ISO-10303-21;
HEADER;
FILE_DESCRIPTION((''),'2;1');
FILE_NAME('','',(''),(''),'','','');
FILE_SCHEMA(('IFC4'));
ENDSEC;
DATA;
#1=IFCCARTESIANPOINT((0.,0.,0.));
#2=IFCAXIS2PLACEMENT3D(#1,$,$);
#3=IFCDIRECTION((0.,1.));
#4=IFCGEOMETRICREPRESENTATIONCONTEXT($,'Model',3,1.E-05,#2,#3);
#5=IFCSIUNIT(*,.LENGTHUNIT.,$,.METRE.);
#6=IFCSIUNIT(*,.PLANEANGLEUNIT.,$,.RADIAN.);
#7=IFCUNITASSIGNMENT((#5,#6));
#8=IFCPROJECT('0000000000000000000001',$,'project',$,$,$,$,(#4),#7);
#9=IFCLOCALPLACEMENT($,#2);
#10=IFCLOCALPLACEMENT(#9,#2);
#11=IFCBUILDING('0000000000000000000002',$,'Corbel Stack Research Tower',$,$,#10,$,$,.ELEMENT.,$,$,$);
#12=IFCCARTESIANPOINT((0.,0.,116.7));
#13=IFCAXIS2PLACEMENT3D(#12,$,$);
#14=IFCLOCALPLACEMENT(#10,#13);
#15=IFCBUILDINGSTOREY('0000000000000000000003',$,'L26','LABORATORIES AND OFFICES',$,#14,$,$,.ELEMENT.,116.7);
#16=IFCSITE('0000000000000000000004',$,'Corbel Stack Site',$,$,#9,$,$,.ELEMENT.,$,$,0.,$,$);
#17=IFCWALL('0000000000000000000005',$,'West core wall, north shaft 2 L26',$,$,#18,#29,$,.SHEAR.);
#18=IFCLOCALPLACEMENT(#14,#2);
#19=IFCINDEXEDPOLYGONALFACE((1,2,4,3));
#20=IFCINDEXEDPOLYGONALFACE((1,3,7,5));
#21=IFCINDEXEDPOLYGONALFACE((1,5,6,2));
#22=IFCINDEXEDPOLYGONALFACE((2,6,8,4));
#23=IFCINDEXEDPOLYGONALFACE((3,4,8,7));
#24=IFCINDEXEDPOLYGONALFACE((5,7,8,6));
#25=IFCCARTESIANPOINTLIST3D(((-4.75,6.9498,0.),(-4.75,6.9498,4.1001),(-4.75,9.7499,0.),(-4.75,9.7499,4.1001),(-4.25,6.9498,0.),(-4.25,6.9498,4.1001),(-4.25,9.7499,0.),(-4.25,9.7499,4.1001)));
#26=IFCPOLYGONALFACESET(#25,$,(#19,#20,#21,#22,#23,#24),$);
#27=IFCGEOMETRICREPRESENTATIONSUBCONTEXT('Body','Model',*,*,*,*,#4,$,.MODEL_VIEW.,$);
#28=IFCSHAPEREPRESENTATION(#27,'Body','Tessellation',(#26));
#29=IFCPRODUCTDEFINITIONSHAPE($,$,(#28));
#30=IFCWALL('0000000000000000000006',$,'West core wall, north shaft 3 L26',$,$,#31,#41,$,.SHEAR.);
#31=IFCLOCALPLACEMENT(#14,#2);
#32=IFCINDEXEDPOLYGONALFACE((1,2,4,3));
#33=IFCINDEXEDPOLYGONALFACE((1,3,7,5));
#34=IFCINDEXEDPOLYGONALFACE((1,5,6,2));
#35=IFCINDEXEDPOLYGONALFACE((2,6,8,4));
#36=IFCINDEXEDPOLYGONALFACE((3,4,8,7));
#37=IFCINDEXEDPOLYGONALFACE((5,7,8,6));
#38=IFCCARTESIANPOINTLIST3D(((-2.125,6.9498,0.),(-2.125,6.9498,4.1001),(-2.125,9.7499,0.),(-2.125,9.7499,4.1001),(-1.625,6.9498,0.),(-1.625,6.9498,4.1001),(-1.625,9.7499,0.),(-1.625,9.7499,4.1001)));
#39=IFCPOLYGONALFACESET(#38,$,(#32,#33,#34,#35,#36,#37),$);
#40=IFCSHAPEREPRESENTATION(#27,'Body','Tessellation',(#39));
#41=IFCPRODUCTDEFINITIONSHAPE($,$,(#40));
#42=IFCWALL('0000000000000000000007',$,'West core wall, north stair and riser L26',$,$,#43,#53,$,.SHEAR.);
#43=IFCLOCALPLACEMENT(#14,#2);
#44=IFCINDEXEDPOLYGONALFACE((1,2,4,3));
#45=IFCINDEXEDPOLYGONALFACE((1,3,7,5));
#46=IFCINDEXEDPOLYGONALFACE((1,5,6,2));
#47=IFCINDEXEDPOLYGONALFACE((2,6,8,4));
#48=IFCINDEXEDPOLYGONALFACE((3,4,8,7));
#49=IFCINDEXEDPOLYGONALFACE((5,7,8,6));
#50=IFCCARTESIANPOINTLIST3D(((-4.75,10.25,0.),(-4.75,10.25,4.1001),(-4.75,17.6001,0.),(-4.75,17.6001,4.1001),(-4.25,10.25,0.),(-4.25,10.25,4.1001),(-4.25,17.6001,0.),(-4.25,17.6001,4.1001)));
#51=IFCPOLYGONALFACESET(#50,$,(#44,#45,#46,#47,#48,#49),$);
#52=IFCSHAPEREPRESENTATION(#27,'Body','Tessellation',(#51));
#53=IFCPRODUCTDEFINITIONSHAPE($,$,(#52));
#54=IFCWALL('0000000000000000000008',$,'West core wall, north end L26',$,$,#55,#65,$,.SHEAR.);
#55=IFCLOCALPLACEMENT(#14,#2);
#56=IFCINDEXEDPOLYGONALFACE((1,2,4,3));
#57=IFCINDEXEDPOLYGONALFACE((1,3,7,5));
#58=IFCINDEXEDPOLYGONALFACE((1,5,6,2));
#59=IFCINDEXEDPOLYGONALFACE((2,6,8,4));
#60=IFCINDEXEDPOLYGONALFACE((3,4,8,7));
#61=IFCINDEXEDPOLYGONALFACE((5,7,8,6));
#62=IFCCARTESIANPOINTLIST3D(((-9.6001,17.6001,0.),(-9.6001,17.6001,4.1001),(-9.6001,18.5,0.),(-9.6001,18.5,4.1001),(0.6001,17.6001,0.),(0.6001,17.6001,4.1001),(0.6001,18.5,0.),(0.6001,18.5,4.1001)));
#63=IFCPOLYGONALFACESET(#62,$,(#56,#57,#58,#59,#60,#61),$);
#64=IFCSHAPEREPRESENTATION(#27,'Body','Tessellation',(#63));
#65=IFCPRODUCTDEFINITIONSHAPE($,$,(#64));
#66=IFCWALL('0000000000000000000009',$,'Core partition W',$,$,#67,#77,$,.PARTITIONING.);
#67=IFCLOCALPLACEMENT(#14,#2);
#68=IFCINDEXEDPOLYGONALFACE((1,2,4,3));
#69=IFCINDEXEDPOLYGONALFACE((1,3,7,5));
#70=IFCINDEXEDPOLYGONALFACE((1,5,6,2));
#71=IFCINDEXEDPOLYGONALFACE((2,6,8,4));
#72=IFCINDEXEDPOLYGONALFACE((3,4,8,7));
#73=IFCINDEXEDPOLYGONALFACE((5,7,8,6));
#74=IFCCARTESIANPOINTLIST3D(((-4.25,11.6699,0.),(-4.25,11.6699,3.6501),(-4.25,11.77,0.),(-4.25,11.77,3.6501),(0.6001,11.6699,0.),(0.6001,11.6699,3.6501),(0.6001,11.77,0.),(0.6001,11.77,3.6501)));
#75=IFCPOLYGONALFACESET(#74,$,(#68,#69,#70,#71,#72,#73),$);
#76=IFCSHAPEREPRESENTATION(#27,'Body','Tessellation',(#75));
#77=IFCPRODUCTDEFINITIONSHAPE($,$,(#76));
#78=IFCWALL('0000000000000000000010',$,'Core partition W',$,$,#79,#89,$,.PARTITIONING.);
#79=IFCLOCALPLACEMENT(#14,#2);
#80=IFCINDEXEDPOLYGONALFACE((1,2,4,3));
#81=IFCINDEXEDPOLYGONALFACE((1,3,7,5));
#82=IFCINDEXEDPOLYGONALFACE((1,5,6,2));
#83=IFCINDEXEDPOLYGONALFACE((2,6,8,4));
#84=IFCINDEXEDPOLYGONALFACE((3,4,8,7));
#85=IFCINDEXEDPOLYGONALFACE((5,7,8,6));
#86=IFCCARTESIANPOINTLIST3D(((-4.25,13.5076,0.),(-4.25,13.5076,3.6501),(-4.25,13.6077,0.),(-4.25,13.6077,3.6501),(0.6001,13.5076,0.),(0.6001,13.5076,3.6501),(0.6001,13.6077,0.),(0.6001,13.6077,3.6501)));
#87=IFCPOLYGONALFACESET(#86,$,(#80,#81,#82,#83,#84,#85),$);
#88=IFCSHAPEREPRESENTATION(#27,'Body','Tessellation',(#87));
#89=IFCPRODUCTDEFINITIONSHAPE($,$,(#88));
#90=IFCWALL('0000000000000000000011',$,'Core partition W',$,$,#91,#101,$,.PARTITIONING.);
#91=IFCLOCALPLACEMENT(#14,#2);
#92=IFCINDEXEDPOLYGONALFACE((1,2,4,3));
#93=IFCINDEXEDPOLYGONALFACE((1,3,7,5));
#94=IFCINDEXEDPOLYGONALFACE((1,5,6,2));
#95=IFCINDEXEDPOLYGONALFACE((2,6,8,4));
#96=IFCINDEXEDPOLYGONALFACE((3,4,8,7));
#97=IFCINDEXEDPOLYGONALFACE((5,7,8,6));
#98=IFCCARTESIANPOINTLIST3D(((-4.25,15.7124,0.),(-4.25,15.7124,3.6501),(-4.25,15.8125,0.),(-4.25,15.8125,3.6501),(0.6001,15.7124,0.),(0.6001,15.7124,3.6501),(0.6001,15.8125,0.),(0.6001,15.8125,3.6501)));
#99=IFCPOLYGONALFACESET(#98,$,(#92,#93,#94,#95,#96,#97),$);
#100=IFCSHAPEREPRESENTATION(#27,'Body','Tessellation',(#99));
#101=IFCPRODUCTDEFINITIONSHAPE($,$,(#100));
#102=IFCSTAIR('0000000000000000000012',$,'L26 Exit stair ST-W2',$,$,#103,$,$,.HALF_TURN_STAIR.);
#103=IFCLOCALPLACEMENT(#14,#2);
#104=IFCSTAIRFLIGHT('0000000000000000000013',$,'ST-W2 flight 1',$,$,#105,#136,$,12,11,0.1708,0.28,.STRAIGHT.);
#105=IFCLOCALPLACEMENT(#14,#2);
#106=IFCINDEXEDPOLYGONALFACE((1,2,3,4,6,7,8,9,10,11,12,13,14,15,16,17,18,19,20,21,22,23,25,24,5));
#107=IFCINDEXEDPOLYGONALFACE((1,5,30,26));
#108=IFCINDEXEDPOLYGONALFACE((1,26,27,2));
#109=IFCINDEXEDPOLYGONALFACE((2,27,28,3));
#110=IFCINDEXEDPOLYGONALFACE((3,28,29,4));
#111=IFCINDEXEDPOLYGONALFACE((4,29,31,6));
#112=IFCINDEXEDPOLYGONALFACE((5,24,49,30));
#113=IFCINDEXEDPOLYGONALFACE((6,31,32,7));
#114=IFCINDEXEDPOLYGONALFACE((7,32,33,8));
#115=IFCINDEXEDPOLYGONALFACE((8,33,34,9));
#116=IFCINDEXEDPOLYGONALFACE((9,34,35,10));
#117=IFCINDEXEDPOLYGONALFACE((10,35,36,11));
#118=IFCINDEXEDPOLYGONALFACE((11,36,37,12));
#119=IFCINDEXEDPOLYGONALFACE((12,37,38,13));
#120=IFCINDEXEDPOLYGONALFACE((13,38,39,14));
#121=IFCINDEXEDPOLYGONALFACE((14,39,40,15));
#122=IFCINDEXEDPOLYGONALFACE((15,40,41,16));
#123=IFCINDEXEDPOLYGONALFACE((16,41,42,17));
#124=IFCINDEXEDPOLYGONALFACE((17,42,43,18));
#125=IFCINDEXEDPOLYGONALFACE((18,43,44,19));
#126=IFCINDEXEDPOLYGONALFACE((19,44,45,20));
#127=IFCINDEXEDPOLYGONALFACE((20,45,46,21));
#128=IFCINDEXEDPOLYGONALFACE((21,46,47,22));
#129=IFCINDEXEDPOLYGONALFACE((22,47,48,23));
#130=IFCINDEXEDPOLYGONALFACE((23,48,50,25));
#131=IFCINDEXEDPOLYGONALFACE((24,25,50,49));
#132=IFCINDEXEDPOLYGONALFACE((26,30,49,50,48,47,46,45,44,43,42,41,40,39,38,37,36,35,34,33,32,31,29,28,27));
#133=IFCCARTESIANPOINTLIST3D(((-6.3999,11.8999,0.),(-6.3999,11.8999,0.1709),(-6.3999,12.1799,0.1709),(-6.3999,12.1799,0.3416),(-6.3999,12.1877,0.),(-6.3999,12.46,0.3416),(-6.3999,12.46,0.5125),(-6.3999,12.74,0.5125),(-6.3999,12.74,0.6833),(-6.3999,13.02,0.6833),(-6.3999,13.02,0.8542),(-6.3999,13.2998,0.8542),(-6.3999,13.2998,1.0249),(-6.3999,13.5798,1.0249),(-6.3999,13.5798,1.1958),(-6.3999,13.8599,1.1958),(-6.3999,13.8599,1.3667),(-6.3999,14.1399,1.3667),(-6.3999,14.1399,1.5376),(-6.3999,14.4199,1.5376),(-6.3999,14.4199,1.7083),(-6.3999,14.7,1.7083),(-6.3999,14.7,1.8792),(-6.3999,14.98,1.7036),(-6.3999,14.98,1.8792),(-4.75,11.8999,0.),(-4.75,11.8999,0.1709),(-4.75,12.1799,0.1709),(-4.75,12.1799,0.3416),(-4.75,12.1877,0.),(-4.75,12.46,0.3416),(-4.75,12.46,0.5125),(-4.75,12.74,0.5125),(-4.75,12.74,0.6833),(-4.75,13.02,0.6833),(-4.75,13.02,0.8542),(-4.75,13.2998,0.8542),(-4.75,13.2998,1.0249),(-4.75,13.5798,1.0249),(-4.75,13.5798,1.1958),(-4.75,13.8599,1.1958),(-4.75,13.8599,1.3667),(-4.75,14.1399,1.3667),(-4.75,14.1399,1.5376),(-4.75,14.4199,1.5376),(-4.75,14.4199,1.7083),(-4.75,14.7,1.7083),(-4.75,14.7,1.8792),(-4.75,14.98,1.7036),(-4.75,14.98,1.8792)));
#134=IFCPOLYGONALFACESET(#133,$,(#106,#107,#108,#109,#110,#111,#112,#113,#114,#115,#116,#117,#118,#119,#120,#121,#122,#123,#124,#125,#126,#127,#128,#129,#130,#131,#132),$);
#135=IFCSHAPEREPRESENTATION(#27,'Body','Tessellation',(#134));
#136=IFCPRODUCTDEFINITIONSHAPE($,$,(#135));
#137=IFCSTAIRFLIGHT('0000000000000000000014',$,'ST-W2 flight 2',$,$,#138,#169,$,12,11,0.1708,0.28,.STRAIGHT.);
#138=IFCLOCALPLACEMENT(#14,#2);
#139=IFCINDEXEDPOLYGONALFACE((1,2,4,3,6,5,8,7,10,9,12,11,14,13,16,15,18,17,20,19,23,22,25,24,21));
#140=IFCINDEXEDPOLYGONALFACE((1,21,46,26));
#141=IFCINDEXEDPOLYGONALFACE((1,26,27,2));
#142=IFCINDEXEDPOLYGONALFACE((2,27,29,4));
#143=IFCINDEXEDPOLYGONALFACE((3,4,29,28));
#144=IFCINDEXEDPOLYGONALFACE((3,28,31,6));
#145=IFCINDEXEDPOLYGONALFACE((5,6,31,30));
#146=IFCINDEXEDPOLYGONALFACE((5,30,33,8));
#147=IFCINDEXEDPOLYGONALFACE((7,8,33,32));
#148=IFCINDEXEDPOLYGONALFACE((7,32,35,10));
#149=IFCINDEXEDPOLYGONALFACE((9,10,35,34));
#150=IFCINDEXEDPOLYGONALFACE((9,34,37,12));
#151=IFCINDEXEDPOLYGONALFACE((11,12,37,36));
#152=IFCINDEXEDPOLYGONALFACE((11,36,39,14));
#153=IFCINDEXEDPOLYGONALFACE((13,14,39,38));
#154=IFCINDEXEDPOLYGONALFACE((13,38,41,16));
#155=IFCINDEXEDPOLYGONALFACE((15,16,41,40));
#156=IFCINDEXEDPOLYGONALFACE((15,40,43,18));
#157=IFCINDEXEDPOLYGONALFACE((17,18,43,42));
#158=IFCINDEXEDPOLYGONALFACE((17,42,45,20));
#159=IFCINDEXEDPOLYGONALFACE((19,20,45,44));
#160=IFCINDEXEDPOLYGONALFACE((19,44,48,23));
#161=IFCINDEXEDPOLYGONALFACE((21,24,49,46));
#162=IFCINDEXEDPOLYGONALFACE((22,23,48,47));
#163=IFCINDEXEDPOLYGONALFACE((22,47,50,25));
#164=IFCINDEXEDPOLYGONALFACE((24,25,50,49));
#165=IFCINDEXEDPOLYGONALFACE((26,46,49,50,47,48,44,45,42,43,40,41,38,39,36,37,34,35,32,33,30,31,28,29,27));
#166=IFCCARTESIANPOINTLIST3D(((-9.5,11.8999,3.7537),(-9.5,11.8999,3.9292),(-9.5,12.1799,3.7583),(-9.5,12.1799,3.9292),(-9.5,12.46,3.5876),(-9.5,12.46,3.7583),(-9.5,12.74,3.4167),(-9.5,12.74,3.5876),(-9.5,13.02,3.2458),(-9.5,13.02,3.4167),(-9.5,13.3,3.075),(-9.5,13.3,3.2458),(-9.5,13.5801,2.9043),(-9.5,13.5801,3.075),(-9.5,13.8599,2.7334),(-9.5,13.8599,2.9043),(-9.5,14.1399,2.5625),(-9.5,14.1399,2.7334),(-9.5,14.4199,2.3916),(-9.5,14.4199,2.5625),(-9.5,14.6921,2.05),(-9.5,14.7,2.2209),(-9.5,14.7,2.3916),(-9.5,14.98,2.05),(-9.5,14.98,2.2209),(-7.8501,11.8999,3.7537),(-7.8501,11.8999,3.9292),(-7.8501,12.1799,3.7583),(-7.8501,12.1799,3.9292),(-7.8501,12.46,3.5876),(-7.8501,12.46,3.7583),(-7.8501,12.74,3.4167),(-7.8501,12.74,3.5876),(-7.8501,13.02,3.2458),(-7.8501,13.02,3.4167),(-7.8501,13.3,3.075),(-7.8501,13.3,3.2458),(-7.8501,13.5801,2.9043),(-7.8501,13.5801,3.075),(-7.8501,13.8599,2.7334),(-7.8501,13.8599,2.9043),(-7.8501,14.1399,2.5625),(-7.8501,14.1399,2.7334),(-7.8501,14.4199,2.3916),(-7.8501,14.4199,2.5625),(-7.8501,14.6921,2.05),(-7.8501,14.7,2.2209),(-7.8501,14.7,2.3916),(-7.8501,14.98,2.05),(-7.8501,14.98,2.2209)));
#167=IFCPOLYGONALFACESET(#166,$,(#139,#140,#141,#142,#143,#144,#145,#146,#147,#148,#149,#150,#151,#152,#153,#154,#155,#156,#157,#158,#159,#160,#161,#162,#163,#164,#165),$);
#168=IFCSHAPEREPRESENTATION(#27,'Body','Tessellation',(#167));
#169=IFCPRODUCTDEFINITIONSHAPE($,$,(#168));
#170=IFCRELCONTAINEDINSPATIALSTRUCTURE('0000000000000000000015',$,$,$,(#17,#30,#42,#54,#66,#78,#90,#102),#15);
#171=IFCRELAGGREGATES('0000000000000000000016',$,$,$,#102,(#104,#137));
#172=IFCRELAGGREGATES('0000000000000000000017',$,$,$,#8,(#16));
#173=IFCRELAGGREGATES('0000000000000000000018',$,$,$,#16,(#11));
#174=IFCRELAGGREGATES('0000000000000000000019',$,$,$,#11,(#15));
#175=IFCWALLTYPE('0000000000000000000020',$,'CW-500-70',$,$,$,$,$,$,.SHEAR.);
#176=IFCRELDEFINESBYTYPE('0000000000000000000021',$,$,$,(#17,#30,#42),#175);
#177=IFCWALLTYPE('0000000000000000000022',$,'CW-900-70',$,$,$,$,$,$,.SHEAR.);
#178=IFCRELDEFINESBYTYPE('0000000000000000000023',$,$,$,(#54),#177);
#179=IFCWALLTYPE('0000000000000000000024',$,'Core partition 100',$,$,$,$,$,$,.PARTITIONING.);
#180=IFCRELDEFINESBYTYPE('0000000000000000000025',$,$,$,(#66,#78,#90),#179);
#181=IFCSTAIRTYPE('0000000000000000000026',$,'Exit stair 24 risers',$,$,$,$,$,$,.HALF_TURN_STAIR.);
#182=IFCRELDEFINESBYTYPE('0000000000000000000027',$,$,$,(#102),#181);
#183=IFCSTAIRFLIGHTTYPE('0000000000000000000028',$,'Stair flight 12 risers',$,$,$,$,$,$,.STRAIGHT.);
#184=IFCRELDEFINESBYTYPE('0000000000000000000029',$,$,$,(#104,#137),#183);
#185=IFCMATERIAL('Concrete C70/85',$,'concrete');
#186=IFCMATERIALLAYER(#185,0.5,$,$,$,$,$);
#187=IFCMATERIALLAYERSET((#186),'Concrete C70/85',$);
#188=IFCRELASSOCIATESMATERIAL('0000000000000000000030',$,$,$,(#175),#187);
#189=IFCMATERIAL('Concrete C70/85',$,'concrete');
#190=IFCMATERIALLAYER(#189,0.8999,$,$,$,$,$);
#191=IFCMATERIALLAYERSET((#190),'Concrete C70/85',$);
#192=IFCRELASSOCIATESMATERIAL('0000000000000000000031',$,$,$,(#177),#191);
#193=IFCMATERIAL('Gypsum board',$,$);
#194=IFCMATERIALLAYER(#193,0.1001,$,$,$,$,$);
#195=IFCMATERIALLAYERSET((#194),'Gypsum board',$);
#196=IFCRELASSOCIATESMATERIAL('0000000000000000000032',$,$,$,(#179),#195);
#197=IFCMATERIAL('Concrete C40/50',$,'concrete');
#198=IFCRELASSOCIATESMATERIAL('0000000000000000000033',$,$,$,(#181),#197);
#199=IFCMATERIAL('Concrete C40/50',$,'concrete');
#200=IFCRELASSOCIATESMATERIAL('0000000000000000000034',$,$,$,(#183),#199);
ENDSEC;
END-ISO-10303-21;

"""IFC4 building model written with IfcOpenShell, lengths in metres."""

from ifc_helpers import new_model, si_unit, direction, frame, frame_2d, origin, place, context, subcontext, project, spatial, polyline, rectangle, outline, extrude, material, layer, layer_set, type_object, element, aggregate, save


model = new_model("IFC4")

# Units and contexts
model_context = context("Model", 3, precision=1e-05, world=origin(), true_north=direction((0.0, 1.0)))
body_context = subcontext(model_context, "Body", "Model", "MODEL_VIEW")
ifc_project = project(units=[si_unit("LENGTHUNIT", "METRE"), si_unit("PLANEANGLEUNIT", "RADIAN")], contexts=[model_context])

# Site, building, storey
site_placement = place(None, origin())
site = spatial("IfcSite", under=ifc_project, at=site_placement, Name="Corbel Stack Site", CompositionType="ELEMENT", RefElevation=0.0)
building_placement = place(site_placement, origin())
building = spatial("IfcBuilding", under=site, at=building_placement, Name="Corbel Stack Research Tower", CompositionType="ELEMENT")
storey_placement = place(building_placement, frame((0.0, 0.0, 116.7)))
storey = spatial("IfcBuildingStorey", under=building, at=storey_placement, Name="L26", Description="LABORATORIES AND OFFICES", CompositionType="ELEMENT", Elevation=116.7)

# Walls
ifc_material_1 = material(Name="Concrete C70/85", Category="concrete")
ifc_layer_1 = layer(ifc_material_1, 0.5)
ifc_layer_set_1 = layer_set([ifc_layer_1], Name="Concrete C70/85")
wall_type_1 = type_object("IfcWallType", Name="CW-500-70", PredefinedType="SHEAR", material=ifc_layer_set_1)
for number, where, z_axis, x_axis, name in (
    (1, (-4.5, 6.95, 0.0), (0.0, 0.0, 1.0), (0.0, 1.0, 0.0), "West core wall, north shaft 2 L26"),
    (2, (-1.875, 6.95, 0.0), (0.0, 0.0, 1.0), (0.0, 1.0, 0.0), "West core wall, north shaft 3 L26"),
):
    element("IfcWall", number, at=place(storey_placement, frame(where, z_axis=z_axis, x_axis=x_axis)), inside=storey, type_object=wall_type_1, Name=name, PredefinedType="SHEAR", context=body_context, shape_type="SweptSolid", body=[
        extrude(rectangle(XDim=2.8, YDim=0.5, at=frame_2d((1.3999, 0.0))), origin(), (0.0, 0.0, 1.0), 4.1001),
    ])
wall_1_placement = place(storey_placement, frame((-4.5, 10.25, 0.0), z_axis=(0.0, 0.0, 1.0), x_axis=(0.0, 1.0, 0.0)))
element("IfcWall", 3, at=wall_1_placement, inside=storey, type_object=wall_type_1, Name="West core wall, north stair and riser L26", PredefinedType="SHEAR", context=body_context, shape_type="SweptSolid", body=[
    extrude(rectangle(XDim=7.3501, YDim=0.5, at=frame_2d((3.675, 0.0))), origin(), (0.0, 0.0, 1.0), 4.1001),
])
ifc_material_2 = material(Name="Concrete C70/85", Category="concrete")
ifc_layer_2 = layer(ifc_material_2, 0.8999)
ifc_layer_set_2 = layer_set([ifc_layer_2], Name="Concrete C70/85")
wall_type_2 = type_object("IfcWallType", Name="CW-900-70", PredefinedType="SHEAR", material=ifc_layer_set_2)
wall_2_placement = place(storey_placement, frame((-9.6001, 18.05, 0.0), z_axis=(0.0, 0.0, 1.0), x_axis=(1.0, 0.0, 0.0)))
element("IfcWall", 4, at=wall_2_placement, inside=storey, type_object=wall_type_2, Name="West core wall, north end L26", PredefinedType="SHEAR", context=body_context, shape_type="SweptSolid", body=[
    extrude(rectangle(XDim=10.2002, YDim=0.8999, at=frame_2d((5.1001, 0.0))), origin(), (0.0, 0.0, 1.0), 4.1001),
])
ifc_material_3 = material(Name="Gypsum board")
ifc_layer_3 = layer(ifc_material_3, 0.1001)
ifc_layer_set_3 = layer_set([ifc_layer_3], Name="Gypsum board")
wall_type_3 = type_object("IfcWallType", Name="Core partition 100", PredefinedType="PARTITIONING", material=ifc_layer_set_3)
for number, where, z_axis, x_axis, name in (
    (5, (-4.25, 11.72, 0.0), (0.0, 0.0, 1.0), (1.0, 0.0, 0.0), "Core partition W"),
    (6, (-4.25, 13.5576, 0.0), (0.0, 0.0, 1.0), (1.0, 0.0, 0.0), "Core partition W"),
    (7, (-4.25, 15.7625, 0.0), (0.0, 0.0, 1.0), (1.0, 0.0, 0.0), "Core partition W"),
):
    element("IfcWall", number, at=place(storey_placement, frame(where, z_axis=z_axis, x_axis=x_axis)), inside=storey, type_object=wall_type_3, Name=name, PredefinedType="PARTITIONING", context=body_context, shape_type="SweptSolid", body=[
        extrude(rectangle(XDim=4.8501, YDim=0.1001, at=frame_2d((2.425, 0.0))), origin(), (0.0, 0.0, 1.0), 3.6501),
    ])

# Stair, stair flights
ifc_material_4 = material(Name="Concrete C40/50", Category="concrete")
stair_type = type_object("IfcStairType", Name="Exit stair 24 risers", PredefinedType="HALF_TURN_STAIR", material=ifc_material_4)
stair_placement = place(storey_placement, origin())
stair = element("IfcStair", 8, at=stair_placement, inside=storey, type_object=stair_type, Name="L26 Exit stair ST-W2", PredefinedType="HALF_TURN_STAIR")
ifc_material_5 = material(Name="Concrete C40/50", Category="concrete")
stair_flight_type = type_object("IfcStairFlightType", Name="Stair flight 12 risers", PredefinedType="STRAIGHT", material=ifc_material_5)
stair_flight_1_placement = place(storey_placement, frame((-5.575, 11.8999, 0.0), z_axis=(0.0, 0.0, 1.0), x_axis=(0.0, 1.0, 0.0)))
stair_flight_1 = element("IfcStairFlight", 9, at=stair_flight_1_placement, type_object=stair_flight_type, Name="ST-W2 flight 1", NumberOfRisers=12, NumberOfTreads=11, PredefinedType="STRAIGHT", RiserHeight=0.1708, TreadLength=0.28, context=body_context, shape_type="SweptSolid", body=[
    extrude(outline(polyline([(0.0, 0.0), (0.0, 0.1709), (0.28, 0.1709), (0.28, 0.3416), (0.5601, 0.3416), (0.5601, 0.5125), (0.8401, 0.5125), (0.8401, 0.6833), (1.1201, 0.6833), (1.1201, 0.8542), (1.3999, 0.8542), (1.3999, 1.0249), (1.6799, 1.0249), (1.6799, 1.1958), (1.96, 1.1958), (1.96, 1.3667), (2.24, 1.3667), (2.24, 1.5376), (2.52, 1.5376), (2.52, 1.7083), (2.8, 1.7083), (2.8, 1.8792), (3.0801, 1.8792), (3.0801, 2.05), (3.0801, 1.7036), (0.2878, 0.0), (0.0, 0.0)])), frame((0.0, 0.825, 0.0), z_axis=(0.0, -1.0, 0.0), x_axis=(1.0, 0.0, 0.0)), (0.0, 0.0, 1.0), 1.6499),
])
stair_flight_2_placement = place(storey_placement, frame((-8.675, 14.98, 2.05), z_axis=(0.0, 0.0, 1.0), x_axis=(0.0, -1.0, 0.0)))
stair_flight_2 = element("IfcStairFlight", 10, at=stair_flight_2_placement, type_object=stair_flight_type, Name="ST-W2 flight 2", NumberOfRisers=12, NumberOfTreads=11, PredefinedType="STRAIGHT", RiserHeight=0.1708, TreadLength=0.28, context=body_context, shape_type="SweptSolid", body=[
    extrude(outline(polyline([(0.0, 0.0), (0.0, 0.1709), (0.28, 0.1709), (0.28, 0.3416), (0.5601, 0.3416), (0.5601, 0.5125), (0.8401, 0.5125), (0.8401, 0.6833), (1.1201, 0.6833), (1.1201, 0.8542), (1.3999, 0.8542), (1.3999, 1.0249), (1.6799, 1.0249), (1.6799, 1.1958), (1.96, 1.1958), (1.96, 1.3667), (2.24, 1.3667), (2.24, 1.5376), (2.52, 1.5376), (2.52, 1.7083), (2.8, 1.7083), (2.8, 1.8792), (3.0801, 1.8792), (3.0801, 2.05), (3.0801, 1.7036), (0.2878, 0.0), (0.0, 0.0)])), frame((0.0, 0.825, 0.0), z_axis=(0.0, -1.0, 0.0), x_axis=(1.0, 0.0, 0.0)), (0.0, 0.0, 1.0), 1.6499),
])
aggregate(stair, [stair_flight_1, stair_flight_2])

save(model, "model.ifc")
